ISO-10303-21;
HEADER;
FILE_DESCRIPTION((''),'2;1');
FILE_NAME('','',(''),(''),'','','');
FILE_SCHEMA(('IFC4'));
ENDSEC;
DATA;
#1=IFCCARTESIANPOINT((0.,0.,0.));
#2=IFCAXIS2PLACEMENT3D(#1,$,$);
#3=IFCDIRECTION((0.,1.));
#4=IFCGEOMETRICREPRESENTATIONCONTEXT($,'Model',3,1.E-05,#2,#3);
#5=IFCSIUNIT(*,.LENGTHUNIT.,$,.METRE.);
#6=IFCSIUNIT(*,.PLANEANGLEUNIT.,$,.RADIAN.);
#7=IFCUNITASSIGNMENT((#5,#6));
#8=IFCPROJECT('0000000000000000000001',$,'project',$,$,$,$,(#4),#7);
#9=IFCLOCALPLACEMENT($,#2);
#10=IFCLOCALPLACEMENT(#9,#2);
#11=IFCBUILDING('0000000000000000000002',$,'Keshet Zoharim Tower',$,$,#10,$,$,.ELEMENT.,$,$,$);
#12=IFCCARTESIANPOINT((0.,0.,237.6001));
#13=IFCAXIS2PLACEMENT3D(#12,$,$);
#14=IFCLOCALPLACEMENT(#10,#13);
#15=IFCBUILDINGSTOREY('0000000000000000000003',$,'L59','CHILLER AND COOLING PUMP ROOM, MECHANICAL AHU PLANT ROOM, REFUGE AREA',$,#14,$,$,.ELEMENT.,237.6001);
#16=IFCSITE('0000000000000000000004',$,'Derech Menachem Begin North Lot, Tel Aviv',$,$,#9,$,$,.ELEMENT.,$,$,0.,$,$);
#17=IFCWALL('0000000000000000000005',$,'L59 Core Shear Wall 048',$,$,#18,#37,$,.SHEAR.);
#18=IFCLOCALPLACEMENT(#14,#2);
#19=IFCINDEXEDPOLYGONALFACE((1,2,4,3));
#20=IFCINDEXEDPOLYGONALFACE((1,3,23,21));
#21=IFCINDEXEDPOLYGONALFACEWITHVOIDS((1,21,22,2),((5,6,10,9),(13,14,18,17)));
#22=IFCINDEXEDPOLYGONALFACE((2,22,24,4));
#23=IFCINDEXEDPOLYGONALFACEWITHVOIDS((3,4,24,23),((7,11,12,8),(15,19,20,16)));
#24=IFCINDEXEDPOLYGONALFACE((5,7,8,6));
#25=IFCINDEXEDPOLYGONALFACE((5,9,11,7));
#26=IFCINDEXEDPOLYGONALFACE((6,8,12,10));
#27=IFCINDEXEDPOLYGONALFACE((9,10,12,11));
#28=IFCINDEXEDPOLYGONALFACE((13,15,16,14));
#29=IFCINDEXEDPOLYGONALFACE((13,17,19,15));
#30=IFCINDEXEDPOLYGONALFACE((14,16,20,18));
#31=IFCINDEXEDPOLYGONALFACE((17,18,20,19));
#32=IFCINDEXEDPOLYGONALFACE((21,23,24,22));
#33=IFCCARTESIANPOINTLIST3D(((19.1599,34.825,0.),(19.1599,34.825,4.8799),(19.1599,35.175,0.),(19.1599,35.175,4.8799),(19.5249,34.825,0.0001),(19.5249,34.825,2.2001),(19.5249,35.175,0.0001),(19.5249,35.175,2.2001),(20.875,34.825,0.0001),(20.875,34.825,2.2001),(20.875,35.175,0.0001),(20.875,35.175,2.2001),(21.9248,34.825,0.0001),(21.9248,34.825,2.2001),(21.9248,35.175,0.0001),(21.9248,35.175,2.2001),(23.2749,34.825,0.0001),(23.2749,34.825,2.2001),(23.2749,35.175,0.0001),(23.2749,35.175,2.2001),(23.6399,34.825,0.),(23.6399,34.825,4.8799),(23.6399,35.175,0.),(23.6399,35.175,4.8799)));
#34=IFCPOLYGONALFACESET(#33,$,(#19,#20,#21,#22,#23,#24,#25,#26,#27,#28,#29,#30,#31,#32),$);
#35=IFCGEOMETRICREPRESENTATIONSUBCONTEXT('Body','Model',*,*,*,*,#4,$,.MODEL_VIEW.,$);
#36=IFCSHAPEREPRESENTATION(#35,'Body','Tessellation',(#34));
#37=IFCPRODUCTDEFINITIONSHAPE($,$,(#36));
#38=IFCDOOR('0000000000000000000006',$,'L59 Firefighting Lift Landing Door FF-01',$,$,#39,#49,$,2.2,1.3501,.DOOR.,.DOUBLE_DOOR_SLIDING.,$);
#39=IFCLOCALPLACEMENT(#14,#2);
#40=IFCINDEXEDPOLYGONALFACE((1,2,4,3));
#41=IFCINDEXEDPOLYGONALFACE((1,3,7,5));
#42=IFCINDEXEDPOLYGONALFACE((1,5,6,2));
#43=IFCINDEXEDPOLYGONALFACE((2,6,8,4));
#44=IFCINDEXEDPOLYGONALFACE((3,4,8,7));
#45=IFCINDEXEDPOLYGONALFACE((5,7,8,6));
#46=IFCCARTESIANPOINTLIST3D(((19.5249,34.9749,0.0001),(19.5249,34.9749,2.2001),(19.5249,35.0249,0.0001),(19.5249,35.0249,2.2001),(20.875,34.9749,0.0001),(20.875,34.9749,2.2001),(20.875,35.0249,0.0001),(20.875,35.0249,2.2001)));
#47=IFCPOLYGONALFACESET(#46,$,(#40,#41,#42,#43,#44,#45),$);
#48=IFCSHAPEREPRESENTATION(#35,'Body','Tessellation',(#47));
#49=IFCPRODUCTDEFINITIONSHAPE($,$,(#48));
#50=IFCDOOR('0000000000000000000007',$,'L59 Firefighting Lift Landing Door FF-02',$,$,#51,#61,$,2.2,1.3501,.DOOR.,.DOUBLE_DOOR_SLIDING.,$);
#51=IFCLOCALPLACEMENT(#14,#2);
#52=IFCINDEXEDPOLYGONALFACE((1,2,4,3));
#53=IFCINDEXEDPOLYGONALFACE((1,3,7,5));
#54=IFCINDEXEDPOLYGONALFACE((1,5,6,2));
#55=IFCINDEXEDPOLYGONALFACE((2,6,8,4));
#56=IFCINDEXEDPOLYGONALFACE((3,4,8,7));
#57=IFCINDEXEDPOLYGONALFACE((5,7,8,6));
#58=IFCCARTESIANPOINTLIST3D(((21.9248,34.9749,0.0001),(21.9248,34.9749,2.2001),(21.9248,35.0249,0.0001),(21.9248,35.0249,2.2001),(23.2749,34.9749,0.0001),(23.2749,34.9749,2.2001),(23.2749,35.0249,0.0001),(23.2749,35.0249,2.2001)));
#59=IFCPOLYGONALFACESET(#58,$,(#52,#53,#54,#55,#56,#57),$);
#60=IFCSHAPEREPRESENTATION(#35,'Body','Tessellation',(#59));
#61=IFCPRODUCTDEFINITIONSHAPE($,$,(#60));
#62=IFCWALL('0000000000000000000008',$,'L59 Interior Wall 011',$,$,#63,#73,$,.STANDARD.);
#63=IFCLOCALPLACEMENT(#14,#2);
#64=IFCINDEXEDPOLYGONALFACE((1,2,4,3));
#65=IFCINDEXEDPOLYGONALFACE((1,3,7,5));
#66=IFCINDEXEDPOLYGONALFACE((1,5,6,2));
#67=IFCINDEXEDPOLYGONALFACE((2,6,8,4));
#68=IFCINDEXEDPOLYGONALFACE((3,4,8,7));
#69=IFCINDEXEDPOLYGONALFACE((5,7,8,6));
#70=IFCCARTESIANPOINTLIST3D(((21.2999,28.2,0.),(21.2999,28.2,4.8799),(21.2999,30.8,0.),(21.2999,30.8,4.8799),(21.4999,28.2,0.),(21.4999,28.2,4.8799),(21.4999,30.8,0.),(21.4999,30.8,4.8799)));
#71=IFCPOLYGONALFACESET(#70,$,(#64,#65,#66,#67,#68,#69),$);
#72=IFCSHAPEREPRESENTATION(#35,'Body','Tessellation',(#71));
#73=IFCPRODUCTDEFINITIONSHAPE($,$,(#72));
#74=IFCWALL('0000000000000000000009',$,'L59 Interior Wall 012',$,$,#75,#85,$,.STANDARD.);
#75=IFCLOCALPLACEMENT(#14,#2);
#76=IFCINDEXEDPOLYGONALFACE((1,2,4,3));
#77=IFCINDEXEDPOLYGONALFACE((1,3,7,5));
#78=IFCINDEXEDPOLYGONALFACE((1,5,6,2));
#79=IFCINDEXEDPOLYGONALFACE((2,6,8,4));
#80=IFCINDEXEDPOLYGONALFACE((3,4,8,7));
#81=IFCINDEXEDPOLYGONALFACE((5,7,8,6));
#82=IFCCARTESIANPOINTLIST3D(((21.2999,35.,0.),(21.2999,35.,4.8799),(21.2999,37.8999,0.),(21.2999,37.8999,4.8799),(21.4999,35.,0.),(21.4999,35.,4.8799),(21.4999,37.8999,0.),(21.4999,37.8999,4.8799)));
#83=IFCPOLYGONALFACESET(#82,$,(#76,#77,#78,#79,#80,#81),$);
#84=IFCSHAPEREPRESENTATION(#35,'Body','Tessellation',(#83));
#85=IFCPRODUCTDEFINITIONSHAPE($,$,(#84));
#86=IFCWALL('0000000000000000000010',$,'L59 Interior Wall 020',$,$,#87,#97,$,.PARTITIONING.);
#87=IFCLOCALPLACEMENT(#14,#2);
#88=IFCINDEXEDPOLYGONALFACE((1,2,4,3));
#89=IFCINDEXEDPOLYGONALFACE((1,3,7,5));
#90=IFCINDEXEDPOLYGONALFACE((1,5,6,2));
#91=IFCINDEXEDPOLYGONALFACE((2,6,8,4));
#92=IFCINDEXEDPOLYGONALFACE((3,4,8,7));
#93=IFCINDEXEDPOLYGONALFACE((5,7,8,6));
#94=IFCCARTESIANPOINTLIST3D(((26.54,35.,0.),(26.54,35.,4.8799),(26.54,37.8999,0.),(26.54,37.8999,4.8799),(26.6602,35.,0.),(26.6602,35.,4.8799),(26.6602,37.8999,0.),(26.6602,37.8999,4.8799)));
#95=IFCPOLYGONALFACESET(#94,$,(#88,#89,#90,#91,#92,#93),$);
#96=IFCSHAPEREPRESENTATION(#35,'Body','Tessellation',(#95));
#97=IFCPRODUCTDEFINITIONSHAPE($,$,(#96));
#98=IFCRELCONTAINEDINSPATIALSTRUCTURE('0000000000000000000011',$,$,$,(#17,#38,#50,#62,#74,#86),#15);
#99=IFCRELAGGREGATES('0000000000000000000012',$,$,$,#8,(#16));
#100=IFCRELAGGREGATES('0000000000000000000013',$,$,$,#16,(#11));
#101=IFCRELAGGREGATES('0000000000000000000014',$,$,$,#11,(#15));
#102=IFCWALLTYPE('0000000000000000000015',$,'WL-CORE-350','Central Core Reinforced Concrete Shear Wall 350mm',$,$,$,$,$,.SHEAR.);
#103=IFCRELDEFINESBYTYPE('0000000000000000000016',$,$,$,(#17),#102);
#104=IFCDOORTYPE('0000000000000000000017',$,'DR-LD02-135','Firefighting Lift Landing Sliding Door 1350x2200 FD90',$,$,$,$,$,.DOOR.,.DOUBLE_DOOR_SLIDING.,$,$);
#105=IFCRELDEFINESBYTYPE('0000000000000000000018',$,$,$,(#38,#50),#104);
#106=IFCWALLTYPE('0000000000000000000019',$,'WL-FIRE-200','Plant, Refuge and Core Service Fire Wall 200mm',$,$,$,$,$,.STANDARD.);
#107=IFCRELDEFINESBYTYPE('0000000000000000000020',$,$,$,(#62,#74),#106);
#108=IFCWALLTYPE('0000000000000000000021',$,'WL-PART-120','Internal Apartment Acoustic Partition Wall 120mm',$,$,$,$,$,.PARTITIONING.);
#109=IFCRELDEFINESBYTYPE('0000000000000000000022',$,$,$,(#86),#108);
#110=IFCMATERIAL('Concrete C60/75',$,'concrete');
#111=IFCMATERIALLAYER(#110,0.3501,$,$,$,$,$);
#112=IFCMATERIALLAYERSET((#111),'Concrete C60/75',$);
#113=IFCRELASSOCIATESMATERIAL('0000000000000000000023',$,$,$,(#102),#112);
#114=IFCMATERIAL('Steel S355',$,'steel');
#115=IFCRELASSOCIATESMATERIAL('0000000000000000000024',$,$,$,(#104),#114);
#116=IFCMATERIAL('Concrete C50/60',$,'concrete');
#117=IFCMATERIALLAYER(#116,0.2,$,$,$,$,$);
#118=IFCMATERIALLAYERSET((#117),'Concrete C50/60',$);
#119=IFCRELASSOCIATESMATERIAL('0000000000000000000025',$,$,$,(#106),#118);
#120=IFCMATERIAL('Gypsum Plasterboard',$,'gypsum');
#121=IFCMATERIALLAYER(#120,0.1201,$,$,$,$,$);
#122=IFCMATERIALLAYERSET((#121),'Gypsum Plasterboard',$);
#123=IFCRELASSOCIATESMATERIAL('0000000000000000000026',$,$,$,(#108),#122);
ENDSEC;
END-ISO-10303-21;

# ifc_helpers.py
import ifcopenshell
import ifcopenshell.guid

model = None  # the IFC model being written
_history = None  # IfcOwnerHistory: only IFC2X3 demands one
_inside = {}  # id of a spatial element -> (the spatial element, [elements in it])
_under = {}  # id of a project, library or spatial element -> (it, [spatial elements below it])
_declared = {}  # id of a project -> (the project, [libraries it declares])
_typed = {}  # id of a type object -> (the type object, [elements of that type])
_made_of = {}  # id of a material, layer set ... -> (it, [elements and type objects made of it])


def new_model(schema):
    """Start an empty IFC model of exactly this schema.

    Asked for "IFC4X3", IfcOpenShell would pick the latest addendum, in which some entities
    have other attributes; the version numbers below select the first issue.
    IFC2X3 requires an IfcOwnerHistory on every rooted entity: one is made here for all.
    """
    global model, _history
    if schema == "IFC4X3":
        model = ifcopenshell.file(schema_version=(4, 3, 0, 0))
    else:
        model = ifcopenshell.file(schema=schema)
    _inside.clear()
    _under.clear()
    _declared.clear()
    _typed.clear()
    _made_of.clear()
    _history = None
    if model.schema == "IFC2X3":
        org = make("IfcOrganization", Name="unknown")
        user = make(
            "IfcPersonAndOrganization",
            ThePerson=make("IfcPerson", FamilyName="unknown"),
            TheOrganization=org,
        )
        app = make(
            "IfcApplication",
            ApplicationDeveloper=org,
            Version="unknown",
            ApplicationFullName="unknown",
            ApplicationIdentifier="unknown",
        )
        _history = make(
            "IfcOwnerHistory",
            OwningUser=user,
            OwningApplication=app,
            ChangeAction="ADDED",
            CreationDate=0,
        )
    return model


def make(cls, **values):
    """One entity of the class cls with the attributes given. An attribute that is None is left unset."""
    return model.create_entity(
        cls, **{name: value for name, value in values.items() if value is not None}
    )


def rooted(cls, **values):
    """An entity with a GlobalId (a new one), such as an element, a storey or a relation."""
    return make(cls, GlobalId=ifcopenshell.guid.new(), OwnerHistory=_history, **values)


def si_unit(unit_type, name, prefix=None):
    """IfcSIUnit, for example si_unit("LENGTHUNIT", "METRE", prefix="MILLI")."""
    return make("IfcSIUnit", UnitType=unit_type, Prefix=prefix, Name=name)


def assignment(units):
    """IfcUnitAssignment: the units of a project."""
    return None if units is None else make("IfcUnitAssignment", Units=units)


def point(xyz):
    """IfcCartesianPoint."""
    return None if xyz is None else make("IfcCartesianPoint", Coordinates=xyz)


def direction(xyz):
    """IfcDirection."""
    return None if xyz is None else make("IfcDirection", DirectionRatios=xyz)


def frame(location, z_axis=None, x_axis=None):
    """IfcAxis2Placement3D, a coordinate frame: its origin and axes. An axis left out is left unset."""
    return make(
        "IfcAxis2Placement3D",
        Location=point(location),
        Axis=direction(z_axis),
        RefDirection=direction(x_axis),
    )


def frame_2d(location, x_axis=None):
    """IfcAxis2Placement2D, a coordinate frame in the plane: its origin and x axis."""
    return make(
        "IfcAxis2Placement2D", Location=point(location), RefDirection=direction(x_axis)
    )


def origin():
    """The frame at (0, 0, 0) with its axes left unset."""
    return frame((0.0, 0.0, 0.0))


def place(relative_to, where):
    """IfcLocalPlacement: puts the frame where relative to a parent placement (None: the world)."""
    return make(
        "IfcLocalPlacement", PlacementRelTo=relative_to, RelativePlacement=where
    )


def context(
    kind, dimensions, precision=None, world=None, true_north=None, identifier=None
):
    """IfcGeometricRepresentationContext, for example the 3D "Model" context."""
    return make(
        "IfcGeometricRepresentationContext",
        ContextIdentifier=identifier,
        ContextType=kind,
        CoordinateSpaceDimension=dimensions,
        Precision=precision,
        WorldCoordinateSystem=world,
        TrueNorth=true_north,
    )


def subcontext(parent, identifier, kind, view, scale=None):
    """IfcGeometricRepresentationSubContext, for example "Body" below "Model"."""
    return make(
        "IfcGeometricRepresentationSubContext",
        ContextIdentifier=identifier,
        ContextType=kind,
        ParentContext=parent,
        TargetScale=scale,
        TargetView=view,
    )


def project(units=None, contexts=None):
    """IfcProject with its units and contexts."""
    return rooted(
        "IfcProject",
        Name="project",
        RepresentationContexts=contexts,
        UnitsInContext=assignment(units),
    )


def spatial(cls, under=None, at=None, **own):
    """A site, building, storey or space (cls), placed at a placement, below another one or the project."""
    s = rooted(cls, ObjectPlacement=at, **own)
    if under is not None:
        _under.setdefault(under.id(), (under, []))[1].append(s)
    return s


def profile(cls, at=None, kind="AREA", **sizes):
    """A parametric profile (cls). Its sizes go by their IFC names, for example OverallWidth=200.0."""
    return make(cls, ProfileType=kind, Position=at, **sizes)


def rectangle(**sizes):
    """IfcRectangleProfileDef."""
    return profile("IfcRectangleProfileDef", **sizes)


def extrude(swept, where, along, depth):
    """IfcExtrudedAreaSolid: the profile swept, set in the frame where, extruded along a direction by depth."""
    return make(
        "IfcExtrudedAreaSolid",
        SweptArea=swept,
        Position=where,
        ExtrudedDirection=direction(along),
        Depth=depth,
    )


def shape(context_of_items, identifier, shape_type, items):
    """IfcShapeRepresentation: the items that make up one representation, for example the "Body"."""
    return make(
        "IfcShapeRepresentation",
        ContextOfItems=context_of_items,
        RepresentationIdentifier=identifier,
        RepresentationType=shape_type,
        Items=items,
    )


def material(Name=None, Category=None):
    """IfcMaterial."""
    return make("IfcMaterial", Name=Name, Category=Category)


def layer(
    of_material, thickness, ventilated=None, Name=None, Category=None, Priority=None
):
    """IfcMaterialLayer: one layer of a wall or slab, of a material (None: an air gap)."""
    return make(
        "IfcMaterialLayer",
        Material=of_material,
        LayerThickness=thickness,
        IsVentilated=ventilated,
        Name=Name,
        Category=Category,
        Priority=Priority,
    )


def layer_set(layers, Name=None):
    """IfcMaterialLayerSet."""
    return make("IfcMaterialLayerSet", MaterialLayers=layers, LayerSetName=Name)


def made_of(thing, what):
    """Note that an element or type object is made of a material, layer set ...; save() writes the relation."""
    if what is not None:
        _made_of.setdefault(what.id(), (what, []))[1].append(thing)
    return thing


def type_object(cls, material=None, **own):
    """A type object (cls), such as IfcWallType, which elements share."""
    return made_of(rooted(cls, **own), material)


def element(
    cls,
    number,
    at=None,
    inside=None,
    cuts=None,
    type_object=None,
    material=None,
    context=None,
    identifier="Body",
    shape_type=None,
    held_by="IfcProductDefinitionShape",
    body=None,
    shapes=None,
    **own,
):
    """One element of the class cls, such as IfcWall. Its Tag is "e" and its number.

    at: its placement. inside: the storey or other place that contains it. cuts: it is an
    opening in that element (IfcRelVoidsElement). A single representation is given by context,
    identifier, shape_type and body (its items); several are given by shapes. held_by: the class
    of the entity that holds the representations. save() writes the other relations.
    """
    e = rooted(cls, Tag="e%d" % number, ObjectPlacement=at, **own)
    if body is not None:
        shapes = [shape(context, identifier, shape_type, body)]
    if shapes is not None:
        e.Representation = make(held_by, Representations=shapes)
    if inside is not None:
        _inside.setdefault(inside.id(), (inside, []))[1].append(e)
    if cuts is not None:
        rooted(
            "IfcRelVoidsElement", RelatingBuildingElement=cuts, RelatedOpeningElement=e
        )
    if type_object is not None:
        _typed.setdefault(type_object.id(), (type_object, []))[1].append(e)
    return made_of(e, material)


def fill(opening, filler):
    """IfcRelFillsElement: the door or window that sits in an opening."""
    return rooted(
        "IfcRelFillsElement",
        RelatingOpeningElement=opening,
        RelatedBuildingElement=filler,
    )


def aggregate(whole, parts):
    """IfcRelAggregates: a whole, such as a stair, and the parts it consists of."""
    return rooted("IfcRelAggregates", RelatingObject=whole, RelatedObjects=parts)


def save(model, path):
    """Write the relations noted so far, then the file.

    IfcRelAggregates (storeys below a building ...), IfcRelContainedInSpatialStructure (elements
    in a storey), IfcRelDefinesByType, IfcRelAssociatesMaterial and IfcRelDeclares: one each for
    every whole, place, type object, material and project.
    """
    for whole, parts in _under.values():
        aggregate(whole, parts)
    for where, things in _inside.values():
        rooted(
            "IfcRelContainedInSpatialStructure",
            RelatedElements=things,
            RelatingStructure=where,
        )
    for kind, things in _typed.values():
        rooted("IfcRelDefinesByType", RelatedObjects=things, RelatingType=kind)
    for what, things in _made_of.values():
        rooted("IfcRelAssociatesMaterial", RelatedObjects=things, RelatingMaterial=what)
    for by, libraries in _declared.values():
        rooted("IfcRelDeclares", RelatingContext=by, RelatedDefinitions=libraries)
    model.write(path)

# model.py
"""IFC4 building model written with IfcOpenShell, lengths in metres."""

from ifc_helpers import new_model, si_unit, direction, frame, frame_2d, origin, place, context, subcontext, project, spatial, rectangle, extrude, material, layer, layer_set, type_object, element, fill, save


model = new_model("IFC4")

# Units and contexts
model_context = context("Model", 3, precision=1e-05, world=origin(), true_north=direction((0.0, 1.0)))
body_context = subcontext(model_context, "Body", "Model", "MODEL_VIEW")
ifc_project = project(units=[si_unit("LENGTHUNIT", "METRE"), si_unit("PLANEANGLEUNIT", "RADIAN")], contexts=[model_context])

# Site, building, storey
site_placement = place(None, origin())
site = spatial("IfcSite", under=ifc_project, at=site_placement, Name="Derech Menachem Begin North Lot, Tel Aviv", CompositionType="ELEMENT", RefElevation=0.0)
building_placement = place(site_placement, origin())
building = spatial("IfcBuilding", under=site, at=building_placement, Name="Keshet Zoharim Tower", CompositionType="ELEMENT")
storey_placement = place(building_placement, frame((0.0, 0.0, 237.6001)))
storey = spatial("IfcBuildingStorey", under=building, at=storey_placement, Name="L59", Description="CHILLER AND COOLING PUMP ROOM, MECHANICAL AHU PLANT ROOM, REFUGE AREA", CompositionType="ELEMENT", Elevation=237.6001)

# Shared definitions
ifc_material_1 = material(Name="Concrete C60/75", Category="concrete")
ifc_layer_1 = layer(ifc_material_1, 0.3501)
ifc_layer_set_1 = layer_set([ifc_layer_1], Name="Concrete C60/75")
wall_type_1 = type_object("IfcWallType", Name="WL-CORE-350", Description="Central Core Reinforced Concrete Shear Wall 350mm", PredefinedType="SHEAR", material=ifc_layer_set_1)

# Shared definitions
ifc_material_2 = material(Name="Steel S355", Category="steel")

# Wall, openings, doors
wall_1_placement = place(storey_placement, frame((19.1599, 35.0, 0.0), z_axis=(0.0, 0.0, 1.0), x_axis=(1.0, 0.0, 0.0)))
wall_1 = element("IfcWall", 1, at=wall_1_placement, inside=storey, type_object=wall_type_1, Name="L59 Core Shear Wall 048", PredefinedType="SHEAR", context=body_context, shape_type="SweptSolid", body=[
    extrude(rectangle(XDim=4.48, YDim=0.3501, at=frame_2d((2.24, 0.0))), origin(), (0.0, 0.0, 1.0), 4.8799),
])
opening_1_placement = place(wall_1_placement, frame((0.365, 0.0, 0.0)))
opening_1 = element("IfcOpeningElement", 2, at=opening_1_placement, cuts=wall_1, PredefinedType="OPENING", context=body_context, shape_type="SweptSolid", body=[
    extrude(rectangle(XDim=1.3501, YDim=2.2, at=frame_2d((0.675, 1.1001))), frame((0.0, 0.1851, 0.0), z_axis=(0.0, -1.0, 0.0), x_axis=(1.0, 0.0, 0.0)), (0.0, 0.0, 1.0), 0.3701),
])
opening_2_placement = place(wall_1_placement, frame((2.7649, 0.0, 0.0)))
opening_2 = element("IfcOpeningElement", 3, at=opening_2_placement, cuts=wall_1, PredefinedType="OPENING", context=body_context, shape_type="SweptSolid", body=[
    extrude(rectangle(XDim=1.3501, YDim=2.2, at=frame_2d((0.675, 1.1001))), frame((0.0, 0.1851, 0.0), z_axis=(0.0, -1.0, 0.0), x_axis=(1.0, 0.0, 0.0)), (0.0, 0.0, 1.0), 0.3701),
])
door_type_1 = type_object("IfcDoorType", Name="DR-LD02-135", Description="Firefighting Lift Landing Sliding Door 1350x2200 FD90", OperationType="DOUBLE_DOOR_SLIDING", PredefinedType="DOOR", material=ifc_material_2)
door_1_placement = place(opening_1_placement, origin())
door_1 = element("IfcDoor", 4, at=door_1_placement, inside=storey, type_object=door_type_1, Name="L59 Firefighting Lift Landing Door FF-01", OperationType="DOUBLE_DOOR_SLIDING", OverallHeight=2.2, OverallWidth=1.3501, PredefinedType="DOOR", context=body_context, shape_type="SweptSolid", body=[
    extrude(rectangle(XDim=1.3501, YDim=2.2, at=frame_2d((0.675, 1.1001))), frame((0.0, 0.0249, 0.0), z_axis=(0.0, -1.0, 0.0), x_axis=(1.0, 0.0, 0.0)), (0.0, 0.0, 1.0), 0.05),
])
fill(opening_1, door_1)
door_2_placement = place(opening_2_placement, origin())
door_2 = element("IfcDoor", 5, at=door_2_placement, inside=storey, type_object=door_type_1, Name="L59 Firefighting Lift Landing Door FF-02", OperationType="DOUBLE_DOOR_SLIDING", OverallHeight=2.2, OverallWidth=1.3501, PredefinedType="DOOR", context=body_context, shape_type="SweptSolid", body=[
    extrude(rectangle(XDim=1.3501, YDim=2.2, at=frame_2d((0.675, 1.1001))), frame((0.0, 0.0249, 0.0), z_axis=(0.0, -1.0, 0.0), x_axis=(1.0, 0.0, 0.0)), (0.0, 0.0, 1.0), 0.05),
])
fill(opening_2, door_2)

# Walls
ifc_material_3 = material(Name="Concrete C50/60", Category="concrete")
ifc_layer_2 = layer(ifc_material_3, 0.2)
ifc_layer_set_2 = layer_set([ifc_layer_2], Name="Concrete C50/60")
wall_type_2 = type_object("IfcWallType", Name="WL-FIRE-200", Description="Plant, Refuge and Core Service Fire Wall 200mm", PredefinedType="STANDARD", material=ifc_layer_set_2)
wall_2_placement = place(storey_placement, frame((21.3999, 28.2, 0.0), z_axis=(0.0, 0.0, 1.0), x_axis=(0.0, 1.0, 0.0)))
element("IfcWall", 6, at=wall_2_placement, inside=storey, type_object=wall_type_2, Name="L59 Interior Wall 011", PredefinedType="STANDARD", context=body_context, shape_type="SweptSolid", body=[
    extrude(rectangle(XDim=2.6001, YDim=0.2, at=frame_2d((1.3, 0.0))), origin(), (0.0, 0.0, 1.0), 4.8799),
])
wall_3_placement = place(storey_placement, frame((21.3999, 35.0, 0.0), z_axis=(0.0, 0.0, 1.0), x_axis=(0.0, 1.0, 0.0)))
element("IfcWall", 7, at=wall_3_placement, inside=storey, type_object=wall_type_2, Name="L59 Interior Wall 012", PredefinedType="STANDARD", context=body_context, shape_type="SweptSolid", body=[
    extrude(rectangle(XDim=2.8999, YDim=0.2, at=frame_2d((1.45, 0.0))), origin(), (0.0, 0.0, 1.0), 4.8799),
])
ifc_material_4 = material(Name="Gypsum Plasterboard", Category="gypsum")
ifc_layer_3 = layer(ifc_material_4, 0.1201)
ifc_layer_set_3 = layer_set([ifc_layer_3], Name="Gypsum Plasterboard")
wall_type_3 = type_object("IfcWallType", Name="WL-PART-120", Description="Internal Apartment Acoustic Partition Wall 120mm", PredefinedType="PARTITIONING", material=ifc_layer_set_3)
wall_4_placement = place(storey_placement, frame((26.6001, 35.0, 0.0), z_axis=(0.0, 0.0, 1.0), x_axis=(0.0, 1.0, 0.0)))
element("IfcWall", 8, at=wall_4_placement, inside=storey, type_object=wall_type_3, Name="L59 Interior Wall 020", PredefinedType="PARTITIONING", context=body_context, shape_type="SweptSolid", body=[
    extrude(rectangle(XDim=2.8999, YDim=0.1201, at=frame_2d((1.45, 0.0))), origin(), (0.0, 0.0, 1.0), 4.8799),
])

save(model, "model.ifc")
